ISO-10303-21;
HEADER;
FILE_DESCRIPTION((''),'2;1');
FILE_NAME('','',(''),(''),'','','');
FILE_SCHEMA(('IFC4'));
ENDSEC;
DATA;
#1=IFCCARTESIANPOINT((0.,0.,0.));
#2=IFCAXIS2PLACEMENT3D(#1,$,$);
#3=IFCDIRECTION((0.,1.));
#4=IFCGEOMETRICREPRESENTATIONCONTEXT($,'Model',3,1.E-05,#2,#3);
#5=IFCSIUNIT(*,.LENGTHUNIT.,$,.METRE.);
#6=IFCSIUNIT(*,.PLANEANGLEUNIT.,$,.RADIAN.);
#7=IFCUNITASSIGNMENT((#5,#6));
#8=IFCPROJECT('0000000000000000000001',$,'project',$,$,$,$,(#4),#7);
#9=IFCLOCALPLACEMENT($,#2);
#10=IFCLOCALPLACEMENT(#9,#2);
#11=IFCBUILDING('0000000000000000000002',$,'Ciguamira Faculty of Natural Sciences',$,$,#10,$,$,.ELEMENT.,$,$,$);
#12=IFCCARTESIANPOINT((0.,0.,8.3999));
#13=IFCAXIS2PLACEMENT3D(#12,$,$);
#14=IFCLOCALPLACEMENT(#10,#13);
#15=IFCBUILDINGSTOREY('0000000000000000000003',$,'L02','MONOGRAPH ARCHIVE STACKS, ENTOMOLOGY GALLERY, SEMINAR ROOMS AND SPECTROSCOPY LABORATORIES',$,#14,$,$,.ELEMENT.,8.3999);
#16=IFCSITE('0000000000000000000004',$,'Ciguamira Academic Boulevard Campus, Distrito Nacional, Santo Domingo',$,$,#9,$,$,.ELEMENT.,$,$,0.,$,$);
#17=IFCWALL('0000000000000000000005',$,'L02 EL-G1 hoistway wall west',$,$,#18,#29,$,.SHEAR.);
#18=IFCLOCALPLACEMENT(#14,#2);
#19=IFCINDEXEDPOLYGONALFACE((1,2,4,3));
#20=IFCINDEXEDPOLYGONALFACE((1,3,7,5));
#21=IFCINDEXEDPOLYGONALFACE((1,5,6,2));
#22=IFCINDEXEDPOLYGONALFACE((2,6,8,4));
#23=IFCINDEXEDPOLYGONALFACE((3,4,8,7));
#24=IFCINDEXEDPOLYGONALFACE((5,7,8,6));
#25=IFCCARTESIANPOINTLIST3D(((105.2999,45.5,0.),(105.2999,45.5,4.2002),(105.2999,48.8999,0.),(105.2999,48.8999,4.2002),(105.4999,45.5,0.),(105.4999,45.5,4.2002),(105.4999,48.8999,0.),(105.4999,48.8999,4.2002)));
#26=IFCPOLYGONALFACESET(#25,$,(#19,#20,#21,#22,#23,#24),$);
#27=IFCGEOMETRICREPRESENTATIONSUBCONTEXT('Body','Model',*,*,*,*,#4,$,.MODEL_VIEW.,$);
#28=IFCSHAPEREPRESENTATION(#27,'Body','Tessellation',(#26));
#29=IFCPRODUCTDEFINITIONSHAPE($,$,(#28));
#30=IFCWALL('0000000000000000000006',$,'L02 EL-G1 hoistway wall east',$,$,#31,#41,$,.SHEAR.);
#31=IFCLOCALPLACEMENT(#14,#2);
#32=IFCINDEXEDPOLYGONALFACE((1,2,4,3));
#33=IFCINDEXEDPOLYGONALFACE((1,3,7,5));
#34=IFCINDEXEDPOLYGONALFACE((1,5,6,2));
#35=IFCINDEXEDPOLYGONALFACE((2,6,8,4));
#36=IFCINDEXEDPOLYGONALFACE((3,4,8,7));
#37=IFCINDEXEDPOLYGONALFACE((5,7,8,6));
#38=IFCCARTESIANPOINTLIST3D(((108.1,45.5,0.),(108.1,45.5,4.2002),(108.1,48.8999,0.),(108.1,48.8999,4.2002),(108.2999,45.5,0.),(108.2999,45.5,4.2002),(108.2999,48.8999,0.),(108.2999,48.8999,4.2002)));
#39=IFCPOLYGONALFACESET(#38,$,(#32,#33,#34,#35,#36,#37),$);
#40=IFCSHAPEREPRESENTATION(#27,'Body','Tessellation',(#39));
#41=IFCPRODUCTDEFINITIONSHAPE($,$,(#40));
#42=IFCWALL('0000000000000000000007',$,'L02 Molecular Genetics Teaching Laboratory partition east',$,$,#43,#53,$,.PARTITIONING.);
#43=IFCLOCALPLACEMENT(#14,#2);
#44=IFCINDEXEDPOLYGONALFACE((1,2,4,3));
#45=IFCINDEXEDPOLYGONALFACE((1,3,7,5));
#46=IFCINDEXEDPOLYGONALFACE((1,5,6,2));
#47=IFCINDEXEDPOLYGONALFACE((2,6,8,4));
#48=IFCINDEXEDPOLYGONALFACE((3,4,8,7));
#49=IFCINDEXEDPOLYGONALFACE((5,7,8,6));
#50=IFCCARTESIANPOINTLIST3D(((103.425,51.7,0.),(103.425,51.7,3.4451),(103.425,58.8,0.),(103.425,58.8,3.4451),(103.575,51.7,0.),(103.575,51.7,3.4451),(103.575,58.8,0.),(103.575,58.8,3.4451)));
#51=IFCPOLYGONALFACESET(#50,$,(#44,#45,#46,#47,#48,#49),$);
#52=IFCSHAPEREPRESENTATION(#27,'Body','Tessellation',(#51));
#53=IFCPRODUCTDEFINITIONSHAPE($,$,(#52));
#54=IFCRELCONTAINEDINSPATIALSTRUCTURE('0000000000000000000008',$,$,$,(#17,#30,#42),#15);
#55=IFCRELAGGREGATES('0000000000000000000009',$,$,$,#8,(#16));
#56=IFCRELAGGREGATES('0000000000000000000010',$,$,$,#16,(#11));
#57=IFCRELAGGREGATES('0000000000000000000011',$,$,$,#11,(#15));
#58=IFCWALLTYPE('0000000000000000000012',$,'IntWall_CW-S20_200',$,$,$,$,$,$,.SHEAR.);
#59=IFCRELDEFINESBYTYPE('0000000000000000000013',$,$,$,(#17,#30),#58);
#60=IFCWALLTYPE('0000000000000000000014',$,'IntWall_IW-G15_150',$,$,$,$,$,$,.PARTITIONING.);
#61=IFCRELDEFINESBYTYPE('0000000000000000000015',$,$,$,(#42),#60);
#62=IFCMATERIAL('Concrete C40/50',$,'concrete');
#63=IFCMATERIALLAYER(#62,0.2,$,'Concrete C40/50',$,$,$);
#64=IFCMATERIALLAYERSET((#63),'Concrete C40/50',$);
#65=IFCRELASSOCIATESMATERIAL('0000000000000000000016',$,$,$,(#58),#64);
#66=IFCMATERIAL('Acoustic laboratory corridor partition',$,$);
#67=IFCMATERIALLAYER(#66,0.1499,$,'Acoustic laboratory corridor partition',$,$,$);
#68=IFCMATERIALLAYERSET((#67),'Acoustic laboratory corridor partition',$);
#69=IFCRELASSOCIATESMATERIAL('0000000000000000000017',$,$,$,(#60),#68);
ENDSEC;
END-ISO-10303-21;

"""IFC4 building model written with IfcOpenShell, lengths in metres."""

from ifc_helpers import new_model, si_unit, direction, frame, frame_2d, origin, place, context, subcontext, project, spatial, rectangle, extrude, material, layer, layer_set, type_object, element, save


model = new_model("IFC4")

# Units and contexts
model_context = context("Model", 3, precision=1e-05, world=origin(), true_north=direction((0.0, 1.0)))
body_context = subcontext(model_context, "Body", "Model", "MODEL_VIEW")
ifc_project = project(units=[si_unit("LENGTHUNIT", "METRE"), si_unit("PLANEANGLEUNIT", "RADIAN")], contexts=[model_context])

# Site, building, storey
site_placement = place(None, origin())
site = spatial("IfcSite", under=ifc_project, at=site_placement, Name="Ciguamira Academic Boulevard Campus, Distrito Nacional, Santo Domingo", CompositionType="ELEMENT", RefElevation=0.0)
building_placement = place(site_placement, origin())
building = spatial("IfcBuilding", under=site, at=building_placement, Name="Ciguamira Faculty of Natural Sciences", CompositionType="ELEMENT")
storey_placement = place(building_placement, frame((0.0, 0.0, 8.3999)))
storey = spatial("IfcBuildingStorey", under=building, at=storey_placement, Name="L02", Description="MONOGRAPH ARCHIVE STACKS, ENTOMOLOGY GALLERY, SEMINAR ROOMS AND SPECTROSCOPY LABORATORIES", CompositionType="ELEMENT", Elevation=8.3999)

# Shared definitions
ifc_material_1 = material(Name="Concrete C40/50", Category="concrete")

# Shared definitions
ifc_layer_1 = layer(ifc_material_1, 0.2, Name="Concrete C40/50")
ifc_layer_set_1 = layer_set([ifc_layer_1], Name="Concrete C40/50")
wall_type_1 = type_object("IfcWallType", Name="IntWall_CW-S20_200", PredefinedType="SHEAR", material=ifc_layer_set_1)

# Walls
for number, where, z_axis, x_axis, name in (
    (1, (105.3999, 45.5, 0.0), (0.0, 0.0, 1.0), (0.0, 1.0, 0.0), "L02 EL-G1 hoistway wall west"),
    (2, (108.2, 45.5, 0.0), (0.0, 0.0, 1.0), (0.0, 1.0, 0.0), "L02 EL-G1 hoistway wall east"),
):
    element("IfcWall", number, at=place(storey_placement, frame(where, z_axis=z_axis, x_axis=x_axis)), inside=storey, type_object=wall_type_1, Name=name, PredefinedType="SHEAR", context=body_context, shape_type="SweptSolid", body=[
        extrude(rectangle(XDim=3.3999, YDim=0.2, at=frame_2d((1.7, 0.0))), origin(), (0.0, 0.0, 1.0), 4.2002),
    ])
ifc_material_2 = material(Name="Acoustic laboratory corridor partition")
ifc_layer_2 = layer(ifc_material_2, 0.1499, Name="Acoustic laboratory corridor partition")
ifc_layer_set_2 = layer_set([ifc_layer_2], Name="Acoustic laboratory corridor partition")
wall_type_2 = type_object("IfcWallType", Name="IntWall_IW-G15_150", PredefinedType="PARTITIONING", material=ifc_layer_set_2)
wall_1_placement = place(storey_placement, frame((103.5, 51.7, 0.0), z_axis=(0.0, 0.0, 1.0), x_axis=(0.0, 1.0, 0.0)))
element("IfcWall", 3, at=wall_1_placement, inside=storey, type_object=wall_type_2, Name="L02 Molecular Genetics Teaching Laboratory partition east", PredefinedType="PARTITIONING", context=body_context, shape_type="SweptSolid", body=[
    extrude(rectangle(XDim=7.1001, YDim=0.1499, at=frame_2d((3.55, 0.0))), origin(), (0.0, 0.0, 1.0), 3.4451),
])

save(model, "model.ifc")
